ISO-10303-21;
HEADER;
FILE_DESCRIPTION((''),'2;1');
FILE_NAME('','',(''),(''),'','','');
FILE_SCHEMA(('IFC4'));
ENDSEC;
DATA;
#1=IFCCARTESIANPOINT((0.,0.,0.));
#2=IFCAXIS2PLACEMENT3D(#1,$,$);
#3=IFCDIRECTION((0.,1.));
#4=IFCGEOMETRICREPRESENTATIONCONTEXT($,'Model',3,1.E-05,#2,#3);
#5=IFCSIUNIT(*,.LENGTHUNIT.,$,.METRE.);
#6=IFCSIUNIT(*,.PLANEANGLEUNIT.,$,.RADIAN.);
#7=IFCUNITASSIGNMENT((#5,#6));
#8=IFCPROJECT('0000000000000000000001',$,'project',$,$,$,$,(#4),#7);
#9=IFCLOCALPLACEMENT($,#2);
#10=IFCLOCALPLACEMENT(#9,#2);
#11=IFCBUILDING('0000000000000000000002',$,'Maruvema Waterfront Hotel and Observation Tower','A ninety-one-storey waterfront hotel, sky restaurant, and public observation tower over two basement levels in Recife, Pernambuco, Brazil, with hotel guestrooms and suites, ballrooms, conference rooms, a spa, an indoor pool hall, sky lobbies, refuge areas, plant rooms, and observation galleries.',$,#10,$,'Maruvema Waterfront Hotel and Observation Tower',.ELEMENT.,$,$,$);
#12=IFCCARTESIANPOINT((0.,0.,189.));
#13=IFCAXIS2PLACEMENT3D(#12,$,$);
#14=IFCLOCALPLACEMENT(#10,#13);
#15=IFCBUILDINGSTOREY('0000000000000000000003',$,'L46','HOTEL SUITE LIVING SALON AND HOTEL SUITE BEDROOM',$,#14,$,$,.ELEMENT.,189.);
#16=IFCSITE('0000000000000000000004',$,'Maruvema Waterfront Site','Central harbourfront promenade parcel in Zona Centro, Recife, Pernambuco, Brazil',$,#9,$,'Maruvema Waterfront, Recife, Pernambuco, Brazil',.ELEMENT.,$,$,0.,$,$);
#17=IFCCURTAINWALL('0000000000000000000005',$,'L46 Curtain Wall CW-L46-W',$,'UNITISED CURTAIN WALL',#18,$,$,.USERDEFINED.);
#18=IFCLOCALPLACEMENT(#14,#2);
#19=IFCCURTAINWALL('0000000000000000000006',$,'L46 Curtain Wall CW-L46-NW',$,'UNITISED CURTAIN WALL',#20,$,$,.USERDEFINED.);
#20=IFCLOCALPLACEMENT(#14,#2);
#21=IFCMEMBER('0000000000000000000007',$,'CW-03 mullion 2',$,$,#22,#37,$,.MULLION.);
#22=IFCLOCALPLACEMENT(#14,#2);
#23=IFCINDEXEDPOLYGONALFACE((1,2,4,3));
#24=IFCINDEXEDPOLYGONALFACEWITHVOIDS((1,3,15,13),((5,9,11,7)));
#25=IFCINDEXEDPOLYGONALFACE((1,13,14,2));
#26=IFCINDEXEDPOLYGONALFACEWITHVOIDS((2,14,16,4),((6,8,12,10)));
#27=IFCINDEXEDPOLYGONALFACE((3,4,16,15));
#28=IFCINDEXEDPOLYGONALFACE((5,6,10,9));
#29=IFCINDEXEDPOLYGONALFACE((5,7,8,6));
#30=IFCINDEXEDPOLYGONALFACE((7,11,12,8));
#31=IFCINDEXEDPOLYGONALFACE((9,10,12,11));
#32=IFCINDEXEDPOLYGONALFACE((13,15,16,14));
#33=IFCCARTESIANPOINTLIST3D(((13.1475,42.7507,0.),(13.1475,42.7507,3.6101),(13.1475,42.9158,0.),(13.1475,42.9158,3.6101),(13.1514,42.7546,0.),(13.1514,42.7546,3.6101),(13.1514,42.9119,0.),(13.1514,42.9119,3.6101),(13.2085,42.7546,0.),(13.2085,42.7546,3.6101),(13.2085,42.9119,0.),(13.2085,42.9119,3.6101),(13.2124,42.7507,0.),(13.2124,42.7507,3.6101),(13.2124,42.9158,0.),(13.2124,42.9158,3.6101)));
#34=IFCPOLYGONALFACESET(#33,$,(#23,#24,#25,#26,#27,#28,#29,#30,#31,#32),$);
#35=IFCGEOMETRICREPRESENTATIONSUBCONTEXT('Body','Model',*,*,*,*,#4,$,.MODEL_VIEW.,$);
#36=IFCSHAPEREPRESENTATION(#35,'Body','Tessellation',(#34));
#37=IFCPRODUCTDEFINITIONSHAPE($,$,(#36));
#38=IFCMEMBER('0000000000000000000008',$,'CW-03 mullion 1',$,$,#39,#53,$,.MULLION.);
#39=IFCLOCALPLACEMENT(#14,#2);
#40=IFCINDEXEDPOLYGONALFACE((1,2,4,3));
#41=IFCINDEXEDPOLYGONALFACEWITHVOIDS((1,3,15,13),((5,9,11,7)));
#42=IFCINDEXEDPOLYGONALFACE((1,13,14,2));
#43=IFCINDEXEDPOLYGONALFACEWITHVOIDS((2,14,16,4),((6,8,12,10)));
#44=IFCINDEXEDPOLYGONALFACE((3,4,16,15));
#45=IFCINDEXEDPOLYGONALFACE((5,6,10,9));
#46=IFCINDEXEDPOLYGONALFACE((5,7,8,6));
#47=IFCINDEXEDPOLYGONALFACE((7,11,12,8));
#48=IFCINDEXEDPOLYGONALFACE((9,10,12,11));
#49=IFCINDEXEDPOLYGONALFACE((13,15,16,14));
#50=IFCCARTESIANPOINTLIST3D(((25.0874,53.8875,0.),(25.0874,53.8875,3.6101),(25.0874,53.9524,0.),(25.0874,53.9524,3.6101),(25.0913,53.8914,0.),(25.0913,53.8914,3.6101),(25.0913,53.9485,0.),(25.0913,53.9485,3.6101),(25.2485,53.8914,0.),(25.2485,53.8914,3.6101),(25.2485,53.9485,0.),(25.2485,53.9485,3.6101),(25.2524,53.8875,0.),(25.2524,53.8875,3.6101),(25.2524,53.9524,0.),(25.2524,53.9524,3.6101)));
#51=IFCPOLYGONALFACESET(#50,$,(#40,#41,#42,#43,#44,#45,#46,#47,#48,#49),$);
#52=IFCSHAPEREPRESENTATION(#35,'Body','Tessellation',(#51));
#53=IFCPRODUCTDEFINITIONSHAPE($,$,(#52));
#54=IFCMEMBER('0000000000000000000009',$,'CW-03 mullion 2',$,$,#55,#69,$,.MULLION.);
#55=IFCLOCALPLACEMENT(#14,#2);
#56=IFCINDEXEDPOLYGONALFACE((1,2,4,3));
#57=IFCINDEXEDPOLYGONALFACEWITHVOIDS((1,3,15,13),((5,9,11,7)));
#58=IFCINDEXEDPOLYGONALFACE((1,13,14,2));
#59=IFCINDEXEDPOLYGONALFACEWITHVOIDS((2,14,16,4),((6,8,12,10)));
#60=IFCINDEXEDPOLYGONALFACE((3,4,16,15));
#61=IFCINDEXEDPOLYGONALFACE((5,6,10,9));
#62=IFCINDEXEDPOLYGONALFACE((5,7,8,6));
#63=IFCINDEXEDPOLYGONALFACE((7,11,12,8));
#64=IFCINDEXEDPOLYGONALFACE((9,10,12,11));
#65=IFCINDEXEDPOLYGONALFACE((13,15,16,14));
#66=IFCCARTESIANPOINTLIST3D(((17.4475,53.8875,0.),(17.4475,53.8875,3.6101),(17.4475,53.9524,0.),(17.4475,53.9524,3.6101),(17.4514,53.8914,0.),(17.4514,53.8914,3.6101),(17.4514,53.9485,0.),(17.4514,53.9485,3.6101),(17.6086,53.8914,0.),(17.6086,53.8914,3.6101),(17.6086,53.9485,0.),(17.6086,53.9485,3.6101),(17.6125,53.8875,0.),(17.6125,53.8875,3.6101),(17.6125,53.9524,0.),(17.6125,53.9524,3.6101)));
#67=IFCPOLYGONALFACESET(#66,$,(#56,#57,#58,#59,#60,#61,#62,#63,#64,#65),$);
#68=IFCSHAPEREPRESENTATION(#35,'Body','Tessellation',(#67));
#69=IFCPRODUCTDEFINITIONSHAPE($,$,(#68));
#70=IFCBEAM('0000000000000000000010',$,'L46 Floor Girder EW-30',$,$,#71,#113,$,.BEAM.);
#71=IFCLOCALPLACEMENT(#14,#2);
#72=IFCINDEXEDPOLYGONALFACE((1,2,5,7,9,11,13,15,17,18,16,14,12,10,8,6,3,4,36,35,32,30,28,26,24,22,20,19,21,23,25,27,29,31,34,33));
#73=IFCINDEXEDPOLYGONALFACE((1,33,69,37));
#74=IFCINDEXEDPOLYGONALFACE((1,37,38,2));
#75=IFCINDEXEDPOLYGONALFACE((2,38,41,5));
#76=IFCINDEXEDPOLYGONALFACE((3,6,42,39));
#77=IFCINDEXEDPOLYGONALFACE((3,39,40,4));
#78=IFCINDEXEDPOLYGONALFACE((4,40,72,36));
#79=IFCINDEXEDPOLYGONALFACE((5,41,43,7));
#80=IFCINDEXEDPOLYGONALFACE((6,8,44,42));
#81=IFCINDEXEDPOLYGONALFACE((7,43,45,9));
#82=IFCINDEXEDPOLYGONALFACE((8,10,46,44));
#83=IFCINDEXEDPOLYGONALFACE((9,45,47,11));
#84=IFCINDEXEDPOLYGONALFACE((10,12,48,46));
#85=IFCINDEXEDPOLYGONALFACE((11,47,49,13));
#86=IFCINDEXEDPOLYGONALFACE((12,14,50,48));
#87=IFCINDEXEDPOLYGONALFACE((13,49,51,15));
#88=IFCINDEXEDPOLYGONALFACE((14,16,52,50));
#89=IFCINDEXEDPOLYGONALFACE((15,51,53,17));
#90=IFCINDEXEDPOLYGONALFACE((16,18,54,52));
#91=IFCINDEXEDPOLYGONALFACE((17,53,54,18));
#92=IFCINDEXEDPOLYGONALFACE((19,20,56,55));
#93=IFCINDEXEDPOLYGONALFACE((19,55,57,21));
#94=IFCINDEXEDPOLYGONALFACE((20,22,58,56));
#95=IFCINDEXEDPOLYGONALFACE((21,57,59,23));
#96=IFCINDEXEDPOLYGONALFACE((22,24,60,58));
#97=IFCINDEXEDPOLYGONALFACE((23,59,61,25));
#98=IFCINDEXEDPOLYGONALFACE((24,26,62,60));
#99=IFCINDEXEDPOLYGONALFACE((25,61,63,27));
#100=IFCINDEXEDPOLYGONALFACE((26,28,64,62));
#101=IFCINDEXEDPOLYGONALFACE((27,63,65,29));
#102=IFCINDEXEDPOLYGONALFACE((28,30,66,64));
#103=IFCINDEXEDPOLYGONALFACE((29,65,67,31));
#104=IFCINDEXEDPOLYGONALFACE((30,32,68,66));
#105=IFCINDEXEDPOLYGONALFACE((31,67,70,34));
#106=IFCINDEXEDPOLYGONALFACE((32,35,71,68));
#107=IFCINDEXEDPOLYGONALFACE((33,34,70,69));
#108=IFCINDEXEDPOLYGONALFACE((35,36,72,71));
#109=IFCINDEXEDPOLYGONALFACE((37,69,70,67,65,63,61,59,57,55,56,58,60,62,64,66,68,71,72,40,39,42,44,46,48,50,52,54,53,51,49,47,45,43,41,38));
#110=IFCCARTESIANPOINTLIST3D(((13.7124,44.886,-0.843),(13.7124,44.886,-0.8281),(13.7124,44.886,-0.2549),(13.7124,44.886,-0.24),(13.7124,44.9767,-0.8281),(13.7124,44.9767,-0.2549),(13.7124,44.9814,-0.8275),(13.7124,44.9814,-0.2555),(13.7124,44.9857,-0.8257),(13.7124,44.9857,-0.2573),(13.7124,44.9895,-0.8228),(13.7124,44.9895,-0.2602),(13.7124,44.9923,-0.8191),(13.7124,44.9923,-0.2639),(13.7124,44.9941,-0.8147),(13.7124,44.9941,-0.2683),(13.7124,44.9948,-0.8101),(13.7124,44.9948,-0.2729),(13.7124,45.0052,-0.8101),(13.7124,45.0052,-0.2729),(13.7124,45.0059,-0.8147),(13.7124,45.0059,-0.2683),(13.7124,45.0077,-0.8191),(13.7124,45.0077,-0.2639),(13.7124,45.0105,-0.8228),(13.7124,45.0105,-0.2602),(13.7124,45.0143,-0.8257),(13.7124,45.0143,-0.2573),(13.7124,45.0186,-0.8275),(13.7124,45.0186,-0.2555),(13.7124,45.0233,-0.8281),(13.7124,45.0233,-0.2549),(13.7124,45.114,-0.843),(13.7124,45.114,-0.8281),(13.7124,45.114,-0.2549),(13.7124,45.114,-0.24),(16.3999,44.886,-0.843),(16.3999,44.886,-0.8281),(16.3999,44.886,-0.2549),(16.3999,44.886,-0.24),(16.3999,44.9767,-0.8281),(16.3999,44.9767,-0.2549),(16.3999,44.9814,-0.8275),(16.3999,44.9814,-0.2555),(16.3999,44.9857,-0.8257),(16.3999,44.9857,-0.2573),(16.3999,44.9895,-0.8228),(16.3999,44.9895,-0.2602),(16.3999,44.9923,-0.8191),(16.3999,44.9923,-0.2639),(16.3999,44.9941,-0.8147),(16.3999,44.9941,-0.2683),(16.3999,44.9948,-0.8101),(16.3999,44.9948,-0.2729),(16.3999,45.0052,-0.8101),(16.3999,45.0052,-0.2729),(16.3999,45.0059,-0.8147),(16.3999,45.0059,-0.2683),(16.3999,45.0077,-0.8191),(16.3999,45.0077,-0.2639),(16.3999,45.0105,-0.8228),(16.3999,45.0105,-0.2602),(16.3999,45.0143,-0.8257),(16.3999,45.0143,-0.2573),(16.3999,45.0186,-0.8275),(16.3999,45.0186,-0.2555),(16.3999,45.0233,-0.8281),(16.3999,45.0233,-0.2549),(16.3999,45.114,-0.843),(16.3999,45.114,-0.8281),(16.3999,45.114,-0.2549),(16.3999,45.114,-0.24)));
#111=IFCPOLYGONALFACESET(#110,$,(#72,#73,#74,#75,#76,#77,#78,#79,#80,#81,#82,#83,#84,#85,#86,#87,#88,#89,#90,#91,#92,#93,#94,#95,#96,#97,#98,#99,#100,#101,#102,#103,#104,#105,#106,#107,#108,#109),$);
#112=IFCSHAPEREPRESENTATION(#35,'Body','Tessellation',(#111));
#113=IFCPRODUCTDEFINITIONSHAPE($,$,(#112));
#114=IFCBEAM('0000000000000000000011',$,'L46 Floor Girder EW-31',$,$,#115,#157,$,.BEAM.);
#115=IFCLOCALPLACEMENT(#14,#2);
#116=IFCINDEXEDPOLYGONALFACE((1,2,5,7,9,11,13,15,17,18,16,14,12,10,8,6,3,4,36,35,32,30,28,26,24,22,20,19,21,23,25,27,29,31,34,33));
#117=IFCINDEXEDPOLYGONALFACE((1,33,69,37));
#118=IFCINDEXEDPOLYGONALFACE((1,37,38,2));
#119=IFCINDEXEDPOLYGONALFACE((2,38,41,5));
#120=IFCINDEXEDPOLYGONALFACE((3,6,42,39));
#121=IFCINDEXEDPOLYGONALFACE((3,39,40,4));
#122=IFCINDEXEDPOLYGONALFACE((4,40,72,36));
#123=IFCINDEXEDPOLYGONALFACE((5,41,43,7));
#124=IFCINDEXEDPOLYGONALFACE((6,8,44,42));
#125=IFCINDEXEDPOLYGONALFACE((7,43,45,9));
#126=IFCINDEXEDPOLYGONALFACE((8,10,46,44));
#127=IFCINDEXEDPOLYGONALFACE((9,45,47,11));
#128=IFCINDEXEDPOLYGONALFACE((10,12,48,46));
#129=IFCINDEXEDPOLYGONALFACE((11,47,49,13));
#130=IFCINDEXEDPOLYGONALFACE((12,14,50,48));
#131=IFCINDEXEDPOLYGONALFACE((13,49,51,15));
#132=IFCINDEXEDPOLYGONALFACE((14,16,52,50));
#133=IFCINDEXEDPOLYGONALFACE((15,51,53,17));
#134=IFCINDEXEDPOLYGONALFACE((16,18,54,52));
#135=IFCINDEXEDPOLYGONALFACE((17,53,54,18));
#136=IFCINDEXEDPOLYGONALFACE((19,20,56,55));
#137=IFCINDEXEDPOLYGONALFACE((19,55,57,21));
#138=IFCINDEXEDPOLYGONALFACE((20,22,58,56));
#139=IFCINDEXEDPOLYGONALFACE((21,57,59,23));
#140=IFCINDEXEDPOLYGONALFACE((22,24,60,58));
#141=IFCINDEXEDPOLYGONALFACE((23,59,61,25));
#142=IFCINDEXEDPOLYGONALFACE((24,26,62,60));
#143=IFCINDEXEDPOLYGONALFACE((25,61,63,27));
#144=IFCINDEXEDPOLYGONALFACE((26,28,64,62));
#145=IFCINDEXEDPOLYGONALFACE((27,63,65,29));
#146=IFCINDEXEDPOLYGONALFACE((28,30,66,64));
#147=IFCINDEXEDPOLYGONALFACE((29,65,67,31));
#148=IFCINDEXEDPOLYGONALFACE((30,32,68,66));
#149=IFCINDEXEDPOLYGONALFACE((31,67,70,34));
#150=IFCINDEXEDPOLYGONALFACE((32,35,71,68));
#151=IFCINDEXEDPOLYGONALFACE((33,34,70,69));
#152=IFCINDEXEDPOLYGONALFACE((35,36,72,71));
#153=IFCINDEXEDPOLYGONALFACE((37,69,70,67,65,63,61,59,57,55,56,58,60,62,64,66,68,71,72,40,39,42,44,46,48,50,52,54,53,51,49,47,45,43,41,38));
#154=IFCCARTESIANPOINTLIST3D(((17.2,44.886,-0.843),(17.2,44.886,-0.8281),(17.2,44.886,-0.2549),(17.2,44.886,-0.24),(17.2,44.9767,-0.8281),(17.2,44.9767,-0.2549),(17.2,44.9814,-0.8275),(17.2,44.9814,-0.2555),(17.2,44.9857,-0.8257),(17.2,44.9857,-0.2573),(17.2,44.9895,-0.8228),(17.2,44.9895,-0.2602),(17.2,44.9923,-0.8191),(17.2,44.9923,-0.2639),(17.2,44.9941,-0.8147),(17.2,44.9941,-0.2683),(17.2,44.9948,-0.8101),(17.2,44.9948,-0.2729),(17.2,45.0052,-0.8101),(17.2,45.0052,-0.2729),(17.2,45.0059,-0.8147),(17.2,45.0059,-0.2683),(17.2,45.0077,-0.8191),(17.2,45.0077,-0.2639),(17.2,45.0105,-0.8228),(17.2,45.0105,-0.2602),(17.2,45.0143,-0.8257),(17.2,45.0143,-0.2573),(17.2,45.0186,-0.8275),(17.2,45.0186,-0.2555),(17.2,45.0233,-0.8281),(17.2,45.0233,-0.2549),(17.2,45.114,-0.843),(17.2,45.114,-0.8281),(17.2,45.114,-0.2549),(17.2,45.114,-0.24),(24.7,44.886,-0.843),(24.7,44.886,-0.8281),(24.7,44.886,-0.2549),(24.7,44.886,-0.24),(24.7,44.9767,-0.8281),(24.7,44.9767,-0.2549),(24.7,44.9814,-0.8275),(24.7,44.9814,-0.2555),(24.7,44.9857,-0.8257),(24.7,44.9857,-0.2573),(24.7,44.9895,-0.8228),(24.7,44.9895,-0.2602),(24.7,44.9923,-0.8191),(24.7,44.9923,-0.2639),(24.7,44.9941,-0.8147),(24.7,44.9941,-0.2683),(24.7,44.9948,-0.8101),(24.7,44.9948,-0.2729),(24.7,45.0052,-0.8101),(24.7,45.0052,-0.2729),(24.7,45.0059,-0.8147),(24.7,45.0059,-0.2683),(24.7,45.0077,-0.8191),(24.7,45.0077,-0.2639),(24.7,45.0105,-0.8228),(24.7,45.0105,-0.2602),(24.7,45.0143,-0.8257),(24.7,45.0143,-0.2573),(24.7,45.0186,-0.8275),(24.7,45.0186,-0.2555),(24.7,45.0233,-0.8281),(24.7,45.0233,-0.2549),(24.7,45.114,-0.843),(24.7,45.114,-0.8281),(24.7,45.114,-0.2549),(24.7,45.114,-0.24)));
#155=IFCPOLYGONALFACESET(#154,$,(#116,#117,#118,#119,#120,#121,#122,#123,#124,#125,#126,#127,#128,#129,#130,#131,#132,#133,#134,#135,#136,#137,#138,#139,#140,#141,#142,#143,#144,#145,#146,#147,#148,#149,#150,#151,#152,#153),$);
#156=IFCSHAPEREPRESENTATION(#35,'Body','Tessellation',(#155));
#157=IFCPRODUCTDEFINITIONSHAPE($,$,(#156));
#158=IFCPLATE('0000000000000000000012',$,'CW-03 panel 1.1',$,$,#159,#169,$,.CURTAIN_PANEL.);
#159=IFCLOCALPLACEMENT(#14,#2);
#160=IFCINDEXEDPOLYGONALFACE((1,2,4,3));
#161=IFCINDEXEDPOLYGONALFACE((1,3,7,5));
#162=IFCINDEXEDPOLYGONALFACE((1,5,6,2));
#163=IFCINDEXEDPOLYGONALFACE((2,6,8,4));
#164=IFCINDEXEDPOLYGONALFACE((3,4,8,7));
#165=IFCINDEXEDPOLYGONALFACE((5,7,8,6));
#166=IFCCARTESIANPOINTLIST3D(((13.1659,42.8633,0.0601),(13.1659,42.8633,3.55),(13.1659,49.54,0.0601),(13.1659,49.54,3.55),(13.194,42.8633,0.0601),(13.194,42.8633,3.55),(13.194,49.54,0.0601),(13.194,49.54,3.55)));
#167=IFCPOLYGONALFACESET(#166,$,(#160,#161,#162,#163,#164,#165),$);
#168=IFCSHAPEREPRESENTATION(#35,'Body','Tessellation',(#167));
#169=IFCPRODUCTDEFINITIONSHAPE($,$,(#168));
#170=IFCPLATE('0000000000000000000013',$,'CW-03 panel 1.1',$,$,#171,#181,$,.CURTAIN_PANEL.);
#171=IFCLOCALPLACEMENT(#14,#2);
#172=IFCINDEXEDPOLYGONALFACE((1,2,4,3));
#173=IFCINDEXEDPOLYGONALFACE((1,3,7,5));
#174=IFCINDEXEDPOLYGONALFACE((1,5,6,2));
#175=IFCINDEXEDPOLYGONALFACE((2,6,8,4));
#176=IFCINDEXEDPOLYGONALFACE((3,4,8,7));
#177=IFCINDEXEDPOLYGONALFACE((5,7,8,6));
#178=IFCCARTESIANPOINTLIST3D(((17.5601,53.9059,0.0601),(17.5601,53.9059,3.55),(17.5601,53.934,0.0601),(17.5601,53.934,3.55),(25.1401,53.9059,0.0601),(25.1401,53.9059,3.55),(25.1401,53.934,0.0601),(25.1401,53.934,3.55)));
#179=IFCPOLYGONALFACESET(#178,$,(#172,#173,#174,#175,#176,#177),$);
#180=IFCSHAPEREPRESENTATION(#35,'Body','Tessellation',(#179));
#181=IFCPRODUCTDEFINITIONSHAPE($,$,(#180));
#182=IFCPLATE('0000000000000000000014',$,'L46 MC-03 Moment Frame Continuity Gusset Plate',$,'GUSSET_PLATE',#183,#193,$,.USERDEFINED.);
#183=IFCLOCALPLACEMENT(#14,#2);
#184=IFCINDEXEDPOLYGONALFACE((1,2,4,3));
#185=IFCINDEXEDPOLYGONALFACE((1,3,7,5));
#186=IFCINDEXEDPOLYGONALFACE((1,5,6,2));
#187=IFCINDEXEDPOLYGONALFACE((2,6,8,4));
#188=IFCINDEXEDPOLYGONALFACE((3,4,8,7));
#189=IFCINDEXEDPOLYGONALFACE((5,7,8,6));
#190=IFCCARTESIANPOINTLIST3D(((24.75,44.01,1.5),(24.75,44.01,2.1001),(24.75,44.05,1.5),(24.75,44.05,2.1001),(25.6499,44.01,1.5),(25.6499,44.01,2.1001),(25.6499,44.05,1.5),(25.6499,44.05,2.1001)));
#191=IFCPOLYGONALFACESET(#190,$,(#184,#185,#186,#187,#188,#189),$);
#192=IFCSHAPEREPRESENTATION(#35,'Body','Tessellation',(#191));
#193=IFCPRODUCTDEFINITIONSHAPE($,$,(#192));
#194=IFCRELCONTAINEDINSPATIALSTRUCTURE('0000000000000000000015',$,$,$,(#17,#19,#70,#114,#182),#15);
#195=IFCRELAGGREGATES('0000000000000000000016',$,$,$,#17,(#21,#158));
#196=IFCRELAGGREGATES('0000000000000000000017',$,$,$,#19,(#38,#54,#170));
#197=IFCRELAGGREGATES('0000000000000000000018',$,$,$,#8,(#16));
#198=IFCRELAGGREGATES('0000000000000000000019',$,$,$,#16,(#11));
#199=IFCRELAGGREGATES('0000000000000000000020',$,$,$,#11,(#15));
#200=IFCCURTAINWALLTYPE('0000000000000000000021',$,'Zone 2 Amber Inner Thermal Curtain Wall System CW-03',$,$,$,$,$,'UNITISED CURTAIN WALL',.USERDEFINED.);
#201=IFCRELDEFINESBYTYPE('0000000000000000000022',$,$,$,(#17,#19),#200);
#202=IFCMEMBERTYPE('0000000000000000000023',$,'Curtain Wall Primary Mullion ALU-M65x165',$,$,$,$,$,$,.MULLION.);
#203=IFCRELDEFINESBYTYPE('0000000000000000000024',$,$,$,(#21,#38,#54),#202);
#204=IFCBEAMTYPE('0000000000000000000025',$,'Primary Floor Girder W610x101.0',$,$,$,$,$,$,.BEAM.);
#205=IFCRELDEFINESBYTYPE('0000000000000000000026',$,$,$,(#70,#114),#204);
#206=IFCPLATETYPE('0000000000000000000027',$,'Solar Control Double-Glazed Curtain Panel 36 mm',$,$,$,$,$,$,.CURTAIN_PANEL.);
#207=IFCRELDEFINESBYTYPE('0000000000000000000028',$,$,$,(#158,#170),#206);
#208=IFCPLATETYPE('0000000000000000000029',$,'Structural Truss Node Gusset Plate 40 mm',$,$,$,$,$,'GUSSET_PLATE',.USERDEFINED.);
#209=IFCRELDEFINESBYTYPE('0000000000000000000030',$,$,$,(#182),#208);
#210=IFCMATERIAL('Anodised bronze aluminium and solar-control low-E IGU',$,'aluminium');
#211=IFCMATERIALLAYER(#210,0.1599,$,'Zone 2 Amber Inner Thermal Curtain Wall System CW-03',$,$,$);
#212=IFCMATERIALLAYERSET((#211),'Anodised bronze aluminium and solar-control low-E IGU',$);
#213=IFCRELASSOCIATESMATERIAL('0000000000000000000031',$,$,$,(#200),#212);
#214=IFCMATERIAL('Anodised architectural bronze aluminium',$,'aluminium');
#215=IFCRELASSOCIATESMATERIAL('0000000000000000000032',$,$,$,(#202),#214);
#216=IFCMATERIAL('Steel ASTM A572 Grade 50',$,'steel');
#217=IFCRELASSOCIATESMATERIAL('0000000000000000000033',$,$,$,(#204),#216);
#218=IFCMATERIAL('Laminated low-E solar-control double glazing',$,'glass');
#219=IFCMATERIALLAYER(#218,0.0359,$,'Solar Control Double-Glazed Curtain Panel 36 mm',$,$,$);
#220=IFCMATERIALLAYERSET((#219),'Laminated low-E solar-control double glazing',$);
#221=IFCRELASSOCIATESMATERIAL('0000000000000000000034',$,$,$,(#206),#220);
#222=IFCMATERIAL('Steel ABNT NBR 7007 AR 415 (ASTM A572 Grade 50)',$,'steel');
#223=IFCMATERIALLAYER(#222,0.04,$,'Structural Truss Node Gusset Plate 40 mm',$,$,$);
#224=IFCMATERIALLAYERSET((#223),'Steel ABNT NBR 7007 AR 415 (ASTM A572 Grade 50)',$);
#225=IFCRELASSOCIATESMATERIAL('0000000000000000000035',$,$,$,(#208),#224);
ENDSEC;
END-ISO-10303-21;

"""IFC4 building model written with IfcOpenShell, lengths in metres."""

from ifc_helpers import new_model, si_unit, direction, frame, origin, origin_2d, place, context, subcontext, project, spatial, rectangle, hollow_rectangle, i_section, extrude, material, layer, layer_set, material_profile, profile_set, type_object, element, aggregate, save


model = new_model("IFC4")

# Units and contexts
model_context = context("Model", 3, precision=1e-05, world=origin(), true_north=direction((0.0, 1.0)))
body_context = subcontext(model_context, "Body", "Model", "MODEL_VIEW")
ifc_project = project(units=[si_unit("LENGTHUNIT", "METRE"), si_unit("PLANEANGLEUNIT", "RADIAN")], contexts=[model_context])

# Site, building, storey
site_placement = place(None, origin())
site = spatial("IfcSite", under=ifc_project, at=site_placement, Name="Maruvema Waterfront Site", Description="Central harbourfront promenade parcel in Zona Centro, Recife, Pernambuco, Brazil", LongName="Maruvema Waterfront, Recife, Pernambuco, Brazil", CompositionType="ELEMENT", RefElevation=0.0)
building_placement = place(site_placement, origin())
building = spatial("IfcBuilding", under=site, at=building_placement, Name="Maruvema Waterfront Hotel and Observation Tower", Description="A ninety-one-storey waterfront hotel, sky restaurant, and public observation tower over two basement levels in Recife, Pernambuco, Brazil, with hotel guestrooms and suites, ballrooms, conference rooms, a spa, an indoor pool hall, sky lobbies, refuge areas, plant rooms, and observation galleries.", LongName="Maruvema Waterfront Hotel and Observation Tower", CompositionType="ELEMENT")
storey_placement = place(building_placement, frame((0.0, 0.0, 189.0)))
storey = spatial("IfcBuildingStorey", under=building, at=storey_placement, Name="L46", Description="HOTEL SUITE LIVING SALON AND HOTEL SUITE BEDROOM", CompositionType="ELEMENT", Elevation=189.0)

# Curtain walls
ifc_material_1 = material(Name="Anodised bronze aluminium and solar-control low-E IGU", Category="aluminium")
ifc_layer_1 = layer(ifc_material_1, 0.1599, Name="Zone 2 Amber Inner Thermal Curtain Wall System CW-03")
ifc_layer_set_1 = layer_set([ifc_layer_1], Name="Anodised bronze aluminium and solar-control low-E IGU")
curtain_wall_type = type_object("IfcCurtainWallType", Name="Zone 2 Amber Inner Thermal Curtain Wall System CW-03", ElementType="UNITISED CURTAIN WALL", PredefinedType="USERDEFINED", material=ifc_layer_set_1)
curtain_wall_1_placement = place(storey_placement, origin())
curtain_wall_1 = element("IfcCurtainWall", 1, at=curtain_wall_1_placement, inside=storey, type_object=curtain_wall_type, Name="L46 Curtain Wall CW-L46-W", ObjectType="UNITISED CURTAIN WALL", PredefinedType="USERDEFINED")
curtain_wall_2_placement = place(storey_placement, origin())
curtain_wall_2 = element("IfcCurtainWall", 2, at=curtain_wall_2_placement, inside=storey, type_object=curtain_wall_type, Name="L46 Curtain Wall CW-L46-NW", ObjectType="UNITISED CURTAIN WALL", PredefinedType="USERDEFINED")

# Members
ifc_material_2 = material(Name="Anodised architectural bronze aluminium", Category="aluminium")
ifc_material_profile_1 = material_profile(ifc_material_2, hollow_rectangle(XDim=0.0649, YDim=0.165, WallThickness=0.0039, at=origin_2d()), Name="ALU-M65x165")
ifc_profile_set_1 = profile_set([ifc_material_profile_1], Name="Anodised architectural bronze aluminium")
member_type_1 = type_object("IfcMemberType", Name="Curtain Wall Primary Mullion ALU-M65x165", PredefinedType="MULLION", material=ifc_profile_set_1)
member_1_placement = place(storey_placement, frame((13.1799, 42.8333, 0.0), z_axis=(0.0, 0.0, 1.0), x_axis=(1.0, 0.0, 0.0)))
member_1 = element("IfcMember", 3, at=member_1_placement, type_object=member_type_1, Name="CW-03 mullion 2", PredefinedType="MULLION", context=body_context, shape_type="SweptSolid", body=[
    extrude(hollow_rectangle(XDim=0.0649, YDim=0.165, WallThickness=0.0039, at=origin_2d()), origin(), (0.0, 0.0, 1.0), 3.6101),
])
member_2_placement = place(storey_placement, frame((25.1699, 53.9199, 0.0), z_axis=(0.0, 0.0, 1.0), x_axis=(0.0, -1.0, 0.0)))
member_2 = element("IfcMember", 4, at=member_2_placement, type_object=member_type_1, Name="CW-03 mullion 1", PredefinedType="MULLION", context=body_context, shape_type="SweptSolid", body=[
    extrude(hollow_rectangle(XDim=0.0649, YDim=0.165, WallThickness=0.0039, at=origin_2d()), origin(), (0.0, 0.0, 1.0), 3.6101),
])
member_3_placement = place(storey_placement, frame((17.53, 53.9199, 0.0), z_axis=(0.0, 0.0, 1.0), x_axis=(0.0, -1.0, 0.0)))
member_3 = element("IfcMember", 5, at=member_3_placement, type_object=member_type_1, Name="CW-03 mullion 2", PredefinedType="MULLION", context=body_context, shape_type="SweptSolid", body=[
    extrude(hollow_rectangle(XDim=0.0649, YDim=0.165, WallThickness=0.0039, at=origin_2d()), origin(), (0.0, 0.0, 1.0), 3.6101),
])

# Beams
ifc_material_3 = material(Name="Steel ASTM A572 Grade 50", Category="steel")
ifc_material_profile_2 = material_profile(ifc_material_3, i_section(OverallWidth=0.228, OverallDepth=0.603, WebThickness=0.0105, FlangeThickness=0.0149, FilletRadius=0.0181, at=origin_2d()), Name="W610x101.0")
ifc_profile_set_2 = profile_set([ifc_material_profile_2], Name="Steel ASTM A572 Grade 50")
beam_type = type_object("IfcBeamType", Name="Primary Floor Girder W610x101.0", PredefinedType="BEAM", material=ifc_profile_set_2)
beam_1_placement = place(storey_placement, frame((13.7124, 45.0, -0.5415), z_axis=(1.0, 0.0, 0.0), x_axis=(0.0, 1.0, 0.0)))
element("IfcBeam", 6, at=beam_1_placement, inside=storey, type_object=beam_type, Name="L46 Floor Girder EW-30", PredefinedType="BEAM", context=body_context, shape_type="SweptSolid", body=[
    extrude(i_section(OverallWidth=0.228, OverallDepth=0.603, WebThickness=0.0105, FlangeThickness=0.0149, FilletRadius=0.0181, at=origin_2d()), origin(), (0.0, 0.0, 1.0), 2.6875),
])
beam_2_placement = place(storey_placement, frame((17.2, 45.0, -0.5415), z_axis=(1.0, 0.0, 0.0), x_axis=(0.0, 1.0, 0.0)))
element("IfcBeam", 7, at=beam_2_placement, inside=storey, type_object=beam_type, Name="L46 Floor Girder EW-31", PredefinedType="BEAM", context=body_context, shape_type="SweptSolid", body=[
    extrude(i_section(OverallWidth=0.228, OverallDepth=0.603, WebThickness=0.0105, FlangeThickness=0.0149, FilletRadius=0.0181, at=origin_2d()), origin(), (0.0, 0.0, 1.0), 7.5),
])

# Plates
ifc_material_4 = material(Name="Laminated low-E solar-control double glazing", Category="glass")
ifc_layer_2 = layer(ifc_material_4, 0.0359, Name="Solar Control Double-Glazed Curtain Panel 36 mm")
ifc_layer_set_2 = layer_set([ifc_layer_2], Name="Laminated low-E solar-control double glazing")
plate_type_1 = type_object("IfcPlateType", Name="Solar Control Double-Glazed Curtain Panel 36 mm", PredefinedType="CURTAIN_PANEL", material=ifc_layer_set_2)
plate_1_placement = place(storey_placement, frame((13.1799, 46.2017, 0.0601), z_axis=(0.0, 0.0, 1.0), x_axis=(0.0, -1.0, 0.0)))
plate_1 = element("IfcPlate", 8, at=plate_1_placement, type_object=plate_type_1, Name="CW-03 panel 1.1", PredefinedType="CURTAIN_PANEL", context=body_context, shape_type="SweptSolid", body=[
    extrude(rectangle(XDim=6.6768, YDim=0.0281, at=origin_2d()), origin(), (0.0, 0.0, 1.0), 3.49),
])
aggregate(curtain_wall_1, [member_1, plate_1])
plate_2_placement = place(storey_placement, frame((21.3501, 53.9199, 0.0601), z_axis=(0.0, 0.0, 1.0), x_axis=(-1.0, 0.0, 0.0)))
plate_2 = element("IfcPlate", 9, at=plate_2_placement, type_object=plate_type_1, Name="CW-03 panel 1.1", PredefinedType="CURTAIN_PANEL", context=body_context, shape_type="SweptSolid", body=[
    extrude(rectangle(XDim=7.5801, YDim=0.0281, at=origin_2d()), origin(), (0.0, 0.0, 1.0), 3.49),
])
aggregate(curtain_wall_2, [member_2, member_3, plate_2])
ifc_material_5 = material(Name="Steel ABNT NBR 7007 AR 415 (ASTM A572 Grade 50)", Category="steel")
ifc_layer_3 = layer(ifc_material_5, 0.04, Name="Structural Truss Node Gusset Plate 40 mm")
ifc_layer_set_3 = layer_set([ifc_layer_3], Name="Steel ABNT NBR 7007 AR 415 (ASTM A572 Grade 50)")
plate_type_2 = type_object("IfcPlateType", Name="Structural Truss Node Gusset Plate 40 mm", ElementType="GUSSET_PLATE", PredefinedType="USERDEFINED", material=ifc_layer_set_3)
plate_3_placement = place(storey_placement, frame((25.2, 44.03, 1.5), z_axis=(0.0, 0.0, 1.0), x_axis=(1.0, 0.0, 0.0)))
element("IfcPlate", 10, at=plate_3_placement, inside=storey, type_object=plate_type_2, Name="L46 MC-03 Moment Frame Continuity Gusset Plate", ObjectType="GUSSET_PLATE", PredefinedType="USERDEFINED", context=body_context, shape_type="SweptSolid", body=[
    extrude(rectangle(XDim=0.8999, YDim=0.04, at=origin_2d()), origin(), (0.0, 0.0, 1.0), 0.6001),
])

save(model, "model.ifc")
